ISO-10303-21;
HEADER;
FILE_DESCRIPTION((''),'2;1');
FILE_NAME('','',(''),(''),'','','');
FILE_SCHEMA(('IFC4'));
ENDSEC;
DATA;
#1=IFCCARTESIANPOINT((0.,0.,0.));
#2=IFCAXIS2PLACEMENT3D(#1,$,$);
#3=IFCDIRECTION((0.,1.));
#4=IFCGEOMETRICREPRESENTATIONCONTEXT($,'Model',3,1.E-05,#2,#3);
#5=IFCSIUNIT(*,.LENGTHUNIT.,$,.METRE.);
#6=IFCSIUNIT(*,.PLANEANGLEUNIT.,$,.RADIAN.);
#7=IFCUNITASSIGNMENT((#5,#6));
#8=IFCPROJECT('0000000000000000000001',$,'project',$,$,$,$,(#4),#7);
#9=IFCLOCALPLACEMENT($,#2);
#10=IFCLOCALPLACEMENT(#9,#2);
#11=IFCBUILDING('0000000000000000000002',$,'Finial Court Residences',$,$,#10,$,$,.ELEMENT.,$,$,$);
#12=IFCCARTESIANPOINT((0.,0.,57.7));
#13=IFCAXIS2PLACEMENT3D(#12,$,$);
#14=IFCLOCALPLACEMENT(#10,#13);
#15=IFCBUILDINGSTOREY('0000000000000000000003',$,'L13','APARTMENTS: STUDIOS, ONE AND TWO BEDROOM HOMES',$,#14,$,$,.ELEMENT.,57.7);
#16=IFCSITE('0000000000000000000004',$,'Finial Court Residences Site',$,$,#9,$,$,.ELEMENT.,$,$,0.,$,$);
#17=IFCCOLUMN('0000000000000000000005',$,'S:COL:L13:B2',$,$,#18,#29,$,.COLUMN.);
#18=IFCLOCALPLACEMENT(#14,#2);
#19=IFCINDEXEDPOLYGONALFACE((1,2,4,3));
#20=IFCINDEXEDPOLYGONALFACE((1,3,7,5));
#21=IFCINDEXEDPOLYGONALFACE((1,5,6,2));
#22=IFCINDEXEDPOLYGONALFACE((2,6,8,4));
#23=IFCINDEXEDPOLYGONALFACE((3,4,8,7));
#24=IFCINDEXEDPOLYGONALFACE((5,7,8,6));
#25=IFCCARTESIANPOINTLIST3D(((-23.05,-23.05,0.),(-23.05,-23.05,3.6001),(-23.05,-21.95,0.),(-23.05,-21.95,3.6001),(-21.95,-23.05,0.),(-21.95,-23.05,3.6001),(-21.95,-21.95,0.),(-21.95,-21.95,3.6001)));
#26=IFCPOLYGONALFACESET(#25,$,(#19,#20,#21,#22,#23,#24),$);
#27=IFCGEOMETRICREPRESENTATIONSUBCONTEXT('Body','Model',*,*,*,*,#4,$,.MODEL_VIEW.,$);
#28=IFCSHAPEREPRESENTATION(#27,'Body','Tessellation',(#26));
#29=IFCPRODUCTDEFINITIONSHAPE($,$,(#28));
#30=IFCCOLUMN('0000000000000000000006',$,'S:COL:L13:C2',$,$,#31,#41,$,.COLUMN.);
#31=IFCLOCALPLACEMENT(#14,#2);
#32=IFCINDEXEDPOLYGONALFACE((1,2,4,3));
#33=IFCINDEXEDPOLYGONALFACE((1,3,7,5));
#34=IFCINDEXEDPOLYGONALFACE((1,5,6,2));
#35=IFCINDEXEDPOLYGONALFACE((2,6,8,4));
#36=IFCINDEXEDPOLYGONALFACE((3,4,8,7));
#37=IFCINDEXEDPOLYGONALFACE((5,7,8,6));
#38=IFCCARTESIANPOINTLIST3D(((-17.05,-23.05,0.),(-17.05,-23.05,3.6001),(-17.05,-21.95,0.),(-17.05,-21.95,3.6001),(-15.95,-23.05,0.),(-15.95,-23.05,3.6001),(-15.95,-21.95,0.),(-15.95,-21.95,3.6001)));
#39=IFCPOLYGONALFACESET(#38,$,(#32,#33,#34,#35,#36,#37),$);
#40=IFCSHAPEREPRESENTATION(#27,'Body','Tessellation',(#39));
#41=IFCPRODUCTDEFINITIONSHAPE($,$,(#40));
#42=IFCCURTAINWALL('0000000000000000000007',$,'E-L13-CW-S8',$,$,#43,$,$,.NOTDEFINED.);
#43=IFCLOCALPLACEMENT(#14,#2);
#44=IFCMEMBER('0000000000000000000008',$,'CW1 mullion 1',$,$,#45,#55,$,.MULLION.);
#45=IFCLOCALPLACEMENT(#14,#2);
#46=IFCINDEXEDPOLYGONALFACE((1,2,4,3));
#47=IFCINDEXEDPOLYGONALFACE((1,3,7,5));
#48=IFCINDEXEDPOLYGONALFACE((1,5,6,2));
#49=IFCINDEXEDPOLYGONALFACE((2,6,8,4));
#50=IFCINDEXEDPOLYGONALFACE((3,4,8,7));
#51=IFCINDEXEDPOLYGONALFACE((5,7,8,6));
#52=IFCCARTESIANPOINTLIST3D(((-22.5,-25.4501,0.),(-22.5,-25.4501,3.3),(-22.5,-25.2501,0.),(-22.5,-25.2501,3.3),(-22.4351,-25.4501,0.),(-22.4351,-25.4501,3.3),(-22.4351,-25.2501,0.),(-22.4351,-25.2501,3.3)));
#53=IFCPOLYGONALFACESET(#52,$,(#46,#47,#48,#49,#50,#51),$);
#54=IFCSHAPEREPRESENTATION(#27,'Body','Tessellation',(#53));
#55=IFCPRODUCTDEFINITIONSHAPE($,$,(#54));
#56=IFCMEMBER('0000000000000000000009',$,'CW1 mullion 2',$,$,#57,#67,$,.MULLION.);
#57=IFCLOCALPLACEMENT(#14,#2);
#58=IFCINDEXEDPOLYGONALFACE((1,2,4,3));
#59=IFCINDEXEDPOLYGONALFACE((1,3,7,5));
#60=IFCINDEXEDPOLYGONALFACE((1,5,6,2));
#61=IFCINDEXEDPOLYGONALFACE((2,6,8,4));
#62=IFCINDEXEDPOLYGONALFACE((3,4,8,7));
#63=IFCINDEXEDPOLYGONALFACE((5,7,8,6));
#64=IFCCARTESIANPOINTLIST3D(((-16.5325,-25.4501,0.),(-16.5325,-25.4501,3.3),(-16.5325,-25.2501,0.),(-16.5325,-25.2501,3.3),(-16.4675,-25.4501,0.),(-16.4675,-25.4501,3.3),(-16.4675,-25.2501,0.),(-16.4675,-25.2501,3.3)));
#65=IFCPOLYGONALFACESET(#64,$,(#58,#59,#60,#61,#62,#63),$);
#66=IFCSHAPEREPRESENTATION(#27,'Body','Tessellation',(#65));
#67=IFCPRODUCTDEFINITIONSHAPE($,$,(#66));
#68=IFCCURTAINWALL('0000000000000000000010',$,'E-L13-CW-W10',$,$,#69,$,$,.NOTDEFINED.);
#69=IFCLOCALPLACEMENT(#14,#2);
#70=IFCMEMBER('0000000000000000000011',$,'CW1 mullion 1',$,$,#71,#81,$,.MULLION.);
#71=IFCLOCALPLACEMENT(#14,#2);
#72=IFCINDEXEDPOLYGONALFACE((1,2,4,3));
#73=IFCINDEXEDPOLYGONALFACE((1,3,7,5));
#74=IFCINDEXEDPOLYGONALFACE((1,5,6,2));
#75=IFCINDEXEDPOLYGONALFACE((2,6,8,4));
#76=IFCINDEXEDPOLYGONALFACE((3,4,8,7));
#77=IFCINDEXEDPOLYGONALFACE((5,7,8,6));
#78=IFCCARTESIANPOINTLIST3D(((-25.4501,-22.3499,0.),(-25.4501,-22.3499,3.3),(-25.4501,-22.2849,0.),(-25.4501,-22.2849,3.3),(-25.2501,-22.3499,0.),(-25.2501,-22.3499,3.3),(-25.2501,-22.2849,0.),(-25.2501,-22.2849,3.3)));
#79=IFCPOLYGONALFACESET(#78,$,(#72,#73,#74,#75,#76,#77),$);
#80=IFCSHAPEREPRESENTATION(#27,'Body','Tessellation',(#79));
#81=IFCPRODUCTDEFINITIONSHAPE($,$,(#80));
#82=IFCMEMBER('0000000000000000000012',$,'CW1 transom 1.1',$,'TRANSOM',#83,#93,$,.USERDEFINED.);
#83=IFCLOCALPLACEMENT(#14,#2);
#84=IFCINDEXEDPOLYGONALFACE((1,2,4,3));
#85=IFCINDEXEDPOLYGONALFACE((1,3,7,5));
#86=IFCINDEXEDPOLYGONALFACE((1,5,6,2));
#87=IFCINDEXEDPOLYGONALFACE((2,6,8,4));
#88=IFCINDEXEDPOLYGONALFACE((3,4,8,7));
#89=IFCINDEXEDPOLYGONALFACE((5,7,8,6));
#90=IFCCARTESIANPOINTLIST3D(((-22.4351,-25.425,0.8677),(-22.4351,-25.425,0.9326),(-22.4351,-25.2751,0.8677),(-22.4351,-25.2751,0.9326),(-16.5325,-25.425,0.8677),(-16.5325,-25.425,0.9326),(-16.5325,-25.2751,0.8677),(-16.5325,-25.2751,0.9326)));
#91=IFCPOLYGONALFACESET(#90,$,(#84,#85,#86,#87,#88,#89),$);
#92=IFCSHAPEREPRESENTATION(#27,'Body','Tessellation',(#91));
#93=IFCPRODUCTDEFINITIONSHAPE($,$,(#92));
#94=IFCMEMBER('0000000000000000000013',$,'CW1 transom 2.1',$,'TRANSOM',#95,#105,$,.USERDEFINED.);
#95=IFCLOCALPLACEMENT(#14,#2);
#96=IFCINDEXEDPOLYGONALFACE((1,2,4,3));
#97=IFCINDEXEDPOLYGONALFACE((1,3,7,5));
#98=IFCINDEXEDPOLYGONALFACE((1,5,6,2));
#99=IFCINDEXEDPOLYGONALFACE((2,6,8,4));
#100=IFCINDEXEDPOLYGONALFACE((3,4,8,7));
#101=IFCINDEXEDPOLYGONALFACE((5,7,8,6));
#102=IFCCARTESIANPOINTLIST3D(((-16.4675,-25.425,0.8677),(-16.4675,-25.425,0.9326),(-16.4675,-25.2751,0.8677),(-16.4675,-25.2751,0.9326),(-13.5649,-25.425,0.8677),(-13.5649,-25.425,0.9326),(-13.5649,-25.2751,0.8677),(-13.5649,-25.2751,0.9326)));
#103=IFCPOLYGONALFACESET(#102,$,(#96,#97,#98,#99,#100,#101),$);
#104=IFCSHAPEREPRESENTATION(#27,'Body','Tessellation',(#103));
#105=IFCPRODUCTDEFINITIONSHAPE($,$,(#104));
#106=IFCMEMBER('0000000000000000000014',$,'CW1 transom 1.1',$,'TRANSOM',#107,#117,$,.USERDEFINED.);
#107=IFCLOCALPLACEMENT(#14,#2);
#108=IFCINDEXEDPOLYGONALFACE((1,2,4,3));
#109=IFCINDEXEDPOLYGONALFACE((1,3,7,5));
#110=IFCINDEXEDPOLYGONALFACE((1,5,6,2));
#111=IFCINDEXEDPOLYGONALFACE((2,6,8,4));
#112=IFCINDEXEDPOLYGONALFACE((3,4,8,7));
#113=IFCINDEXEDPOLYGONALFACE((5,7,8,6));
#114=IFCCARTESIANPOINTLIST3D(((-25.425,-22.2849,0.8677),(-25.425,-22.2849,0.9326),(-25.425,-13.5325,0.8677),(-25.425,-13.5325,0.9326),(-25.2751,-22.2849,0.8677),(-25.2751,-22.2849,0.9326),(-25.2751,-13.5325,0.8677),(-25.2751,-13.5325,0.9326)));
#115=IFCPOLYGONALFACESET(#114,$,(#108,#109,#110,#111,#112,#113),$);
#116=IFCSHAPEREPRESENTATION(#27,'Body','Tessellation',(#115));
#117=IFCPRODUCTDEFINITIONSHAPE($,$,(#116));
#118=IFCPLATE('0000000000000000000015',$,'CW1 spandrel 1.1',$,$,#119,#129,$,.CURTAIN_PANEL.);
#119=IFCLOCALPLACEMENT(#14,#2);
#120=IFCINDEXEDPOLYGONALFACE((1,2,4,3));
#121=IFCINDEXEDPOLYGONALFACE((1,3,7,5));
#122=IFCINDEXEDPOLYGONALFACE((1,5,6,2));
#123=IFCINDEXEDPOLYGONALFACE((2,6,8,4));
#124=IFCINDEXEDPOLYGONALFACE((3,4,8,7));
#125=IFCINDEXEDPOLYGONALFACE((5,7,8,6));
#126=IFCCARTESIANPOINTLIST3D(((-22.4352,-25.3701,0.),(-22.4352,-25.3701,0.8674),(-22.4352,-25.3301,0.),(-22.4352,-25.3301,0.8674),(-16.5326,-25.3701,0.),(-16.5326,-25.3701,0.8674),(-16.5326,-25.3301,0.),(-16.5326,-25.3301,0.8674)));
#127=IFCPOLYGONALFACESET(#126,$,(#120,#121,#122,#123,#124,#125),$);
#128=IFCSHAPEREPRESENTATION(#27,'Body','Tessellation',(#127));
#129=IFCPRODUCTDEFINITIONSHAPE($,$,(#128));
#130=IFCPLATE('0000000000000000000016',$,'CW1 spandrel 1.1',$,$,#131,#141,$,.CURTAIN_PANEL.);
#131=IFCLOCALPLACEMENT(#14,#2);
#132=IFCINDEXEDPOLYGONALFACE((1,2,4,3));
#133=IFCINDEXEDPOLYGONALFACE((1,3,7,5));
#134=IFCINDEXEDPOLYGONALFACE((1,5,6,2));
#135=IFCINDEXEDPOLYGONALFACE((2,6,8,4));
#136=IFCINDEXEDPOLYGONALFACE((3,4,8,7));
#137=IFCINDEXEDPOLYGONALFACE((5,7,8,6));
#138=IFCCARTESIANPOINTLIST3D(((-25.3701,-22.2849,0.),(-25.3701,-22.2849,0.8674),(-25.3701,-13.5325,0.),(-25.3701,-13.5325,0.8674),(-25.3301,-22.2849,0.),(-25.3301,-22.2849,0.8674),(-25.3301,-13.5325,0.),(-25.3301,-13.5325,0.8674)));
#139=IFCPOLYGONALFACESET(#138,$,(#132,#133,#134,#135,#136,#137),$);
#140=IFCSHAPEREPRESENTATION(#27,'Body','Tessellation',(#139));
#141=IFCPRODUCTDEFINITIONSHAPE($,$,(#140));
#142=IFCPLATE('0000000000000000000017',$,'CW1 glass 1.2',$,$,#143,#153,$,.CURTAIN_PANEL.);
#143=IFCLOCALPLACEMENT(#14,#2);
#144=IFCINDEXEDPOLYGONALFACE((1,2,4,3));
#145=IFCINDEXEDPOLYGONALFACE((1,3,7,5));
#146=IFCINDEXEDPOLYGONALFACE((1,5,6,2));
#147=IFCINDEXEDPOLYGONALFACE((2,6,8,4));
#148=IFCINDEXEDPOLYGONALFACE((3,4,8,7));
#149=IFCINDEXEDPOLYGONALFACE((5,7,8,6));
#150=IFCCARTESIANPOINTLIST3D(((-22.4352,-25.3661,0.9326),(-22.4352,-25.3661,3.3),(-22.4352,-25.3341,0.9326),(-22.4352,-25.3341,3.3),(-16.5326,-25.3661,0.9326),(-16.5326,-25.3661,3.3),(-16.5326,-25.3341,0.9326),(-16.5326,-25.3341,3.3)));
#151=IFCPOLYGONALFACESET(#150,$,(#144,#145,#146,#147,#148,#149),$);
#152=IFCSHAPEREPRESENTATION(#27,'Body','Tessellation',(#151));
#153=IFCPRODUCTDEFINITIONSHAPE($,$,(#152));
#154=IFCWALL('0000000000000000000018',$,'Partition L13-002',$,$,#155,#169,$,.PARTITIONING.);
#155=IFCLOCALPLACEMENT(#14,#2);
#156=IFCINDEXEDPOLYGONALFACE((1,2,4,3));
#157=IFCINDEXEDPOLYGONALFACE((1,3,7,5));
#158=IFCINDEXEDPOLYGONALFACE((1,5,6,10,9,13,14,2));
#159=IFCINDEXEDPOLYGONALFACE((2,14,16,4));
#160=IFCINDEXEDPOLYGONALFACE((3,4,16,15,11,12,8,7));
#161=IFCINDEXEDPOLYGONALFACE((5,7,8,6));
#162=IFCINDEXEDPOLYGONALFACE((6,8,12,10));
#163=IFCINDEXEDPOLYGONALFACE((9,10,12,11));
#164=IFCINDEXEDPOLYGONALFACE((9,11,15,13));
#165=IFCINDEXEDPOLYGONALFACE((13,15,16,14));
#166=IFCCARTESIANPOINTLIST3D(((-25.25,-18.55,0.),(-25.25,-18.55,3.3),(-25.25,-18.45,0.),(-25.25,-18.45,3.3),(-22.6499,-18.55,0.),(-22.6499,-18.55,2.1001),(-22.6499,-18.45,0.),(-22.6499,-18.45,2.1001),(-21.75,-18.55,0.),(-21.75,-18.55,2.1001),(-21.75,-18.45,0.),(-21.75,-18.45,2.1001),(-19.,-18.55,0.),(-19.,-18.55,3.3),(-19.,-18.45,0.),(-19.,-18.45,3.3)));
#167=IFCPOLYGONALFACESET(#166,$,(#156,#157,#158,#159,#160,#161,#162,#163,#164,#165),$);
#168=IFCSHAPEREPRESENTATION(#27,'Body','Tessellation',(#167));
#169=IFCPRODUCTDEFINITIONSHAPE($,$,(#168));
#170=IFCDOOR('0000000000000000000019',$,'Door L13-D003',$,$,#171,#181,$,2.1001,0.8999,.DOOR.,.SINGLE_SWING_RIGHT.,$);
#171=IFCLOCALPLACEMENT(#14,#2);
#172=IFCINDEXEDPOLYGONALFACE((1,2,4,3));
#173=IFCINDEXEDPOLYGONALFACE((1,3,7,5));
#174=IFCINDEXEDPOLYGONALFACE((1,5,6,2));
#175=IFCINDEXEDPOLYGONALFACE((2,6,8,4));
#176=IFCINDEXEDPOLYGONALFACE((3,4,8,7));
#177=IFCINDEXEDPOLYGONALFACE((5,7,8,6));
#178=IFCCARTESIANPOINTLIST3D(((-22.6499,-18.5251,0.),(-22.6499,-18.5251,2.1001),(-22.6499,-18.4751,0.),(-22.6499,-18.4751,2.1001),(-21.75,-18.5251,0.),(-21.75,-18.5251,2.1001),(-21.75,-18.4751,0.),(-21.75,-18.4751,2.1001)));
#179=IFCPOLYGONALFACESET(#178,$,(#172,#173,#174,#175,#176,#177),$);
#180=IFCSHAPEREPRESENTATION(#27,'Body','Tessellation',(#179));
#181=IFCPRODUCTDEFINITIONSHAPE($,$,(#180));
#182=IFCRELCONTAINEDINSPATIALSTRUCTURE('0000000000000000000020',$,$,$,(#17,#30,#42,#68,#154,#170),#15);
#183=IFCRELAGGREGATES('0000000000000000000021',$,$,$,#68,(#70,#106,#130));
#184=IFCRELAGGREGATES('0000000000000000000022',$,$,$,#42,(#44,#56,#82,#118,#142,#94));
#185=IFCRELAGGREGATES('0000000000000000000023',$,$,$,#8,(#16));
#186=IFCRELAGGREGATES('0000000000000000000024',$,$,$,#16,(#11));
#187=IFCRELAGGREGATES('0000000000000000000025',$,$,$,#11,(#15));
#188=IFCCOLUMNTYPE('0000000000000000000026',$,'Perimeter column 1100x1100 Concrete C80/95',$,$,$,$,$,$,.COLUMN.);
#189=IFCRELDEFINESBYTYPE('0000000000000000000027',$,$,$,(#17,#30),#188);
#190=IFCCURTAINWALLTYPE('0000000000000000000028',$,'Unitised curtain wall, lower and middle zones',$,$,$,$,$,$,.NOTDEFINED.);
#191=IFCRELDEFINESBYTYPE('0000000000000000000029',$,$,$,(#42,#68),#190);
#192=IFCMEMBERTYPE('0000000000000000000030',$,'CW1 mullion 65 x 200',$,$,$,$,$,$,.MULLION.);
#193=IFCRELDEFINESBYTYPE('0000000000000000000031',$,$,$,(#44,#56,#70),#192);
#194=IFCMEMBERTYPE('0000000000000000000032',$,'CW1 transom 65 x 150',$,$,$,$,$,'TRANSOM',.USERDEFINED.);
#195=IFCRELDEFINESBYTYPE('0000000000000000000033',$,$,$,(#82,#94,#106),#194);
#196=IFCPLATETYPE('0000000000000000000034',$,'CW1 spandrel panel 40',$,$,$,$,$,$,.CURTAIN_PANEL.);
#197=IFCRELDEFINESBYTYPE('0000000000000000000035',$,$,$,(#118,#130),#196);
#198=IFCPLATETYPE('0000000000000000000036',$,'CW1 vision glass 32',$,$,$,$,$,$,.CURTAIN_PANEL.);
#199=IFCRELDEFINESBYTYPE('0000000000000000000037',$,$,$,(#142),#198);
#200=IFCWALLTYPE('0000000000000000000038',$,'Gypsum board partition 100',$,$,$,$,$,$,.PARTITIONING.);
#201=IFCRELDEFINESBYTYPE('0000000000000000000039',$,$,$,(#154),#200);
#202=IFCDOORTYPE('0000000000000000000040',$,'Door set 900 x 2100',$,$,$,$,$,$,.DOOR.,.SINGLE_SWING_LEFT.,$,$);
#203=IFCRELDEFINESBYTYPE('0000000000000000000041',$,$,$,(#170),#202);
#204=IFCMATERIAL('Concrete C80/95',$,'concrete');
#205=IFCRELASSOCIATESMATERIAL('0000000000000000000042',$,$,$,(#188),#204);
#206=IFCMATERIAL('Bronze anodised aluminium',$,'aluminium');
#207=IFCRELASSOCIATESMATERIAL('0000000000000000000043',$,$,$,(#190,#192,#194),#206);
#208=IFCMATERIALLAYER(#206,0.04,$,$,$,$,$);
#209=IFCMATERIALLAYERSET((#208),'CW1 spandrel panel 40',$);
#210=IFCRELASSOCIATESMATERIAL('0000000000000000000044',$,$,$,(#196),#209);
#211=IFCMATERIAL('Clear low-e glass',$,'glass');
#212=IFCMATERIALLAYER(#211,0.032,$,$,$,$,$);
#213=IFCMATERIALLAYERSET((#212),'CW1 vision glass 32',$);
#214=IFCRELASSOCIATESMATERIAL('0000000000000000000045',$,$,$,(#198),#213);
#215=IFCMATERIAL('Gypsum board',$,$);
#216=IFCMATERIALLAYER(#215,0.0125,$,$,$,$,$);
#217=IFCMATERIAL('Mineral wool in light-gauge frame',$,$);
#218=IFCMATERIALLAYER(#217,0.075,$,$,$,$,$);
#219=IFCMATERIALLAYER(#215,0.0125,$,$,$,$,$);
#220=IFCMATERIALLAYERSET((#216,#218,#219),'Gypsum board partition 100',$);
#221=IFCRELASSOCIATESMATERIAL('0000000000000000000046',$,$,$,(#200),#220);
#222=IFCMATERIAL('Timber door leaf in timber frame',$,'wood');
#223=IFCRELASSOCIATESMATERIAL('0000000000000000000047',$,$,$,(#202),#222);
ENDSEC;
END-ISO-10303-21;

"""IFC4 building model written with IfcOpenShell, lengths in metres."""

from ifc_helpers import new_model, si_unit, direction, frame, frame_2d, origin, origin_2d, place, context, subcontext, project, spatial, rectangle, extrude, material, layer, layer_set, material_profile, profile_set, type_object, element, fill, aggregate, save


model = new_model("IFC4")

# Units and contexts
model_context = context("Model", 3, precision=1e-05, world=origin(), true_north=direction((0.0, 1.0)))
body_context = subcontext(model_context, "Body", "Model", "MODEL_VIEW")
ifc_project = project(units=[si_unit("LENGTHUNIT", "METRE"), si_unit("PLANEANGLEUNIT", "RADIAN")], contexts=[model_context])

# Site, building, storey
site_placement = place(None, origin())
site = spatial("IfcSite", under=ifc_project, at=site_placement, Name="Finial Court Residences Site", CompositionType="ELEMENT", RefElevation=0.0)
building_placement = place(site_placement, origin())
building = spatial("IfcBuilding", under=site, at=building_placement, Name="Finial Court Residences", CompositionType="ELEMENT")
storey_placement = place(building_placement, frame((0.0, 0.0, 57.7)))
storey = spatial("IfcBuildingStorey", under=building, at=storey_placement, Name="L13", Description="APARTMENTS: STUDIOS, ONE AND TWO BEDROOM HOMES", CompositionType="ELEMENT", Elevation=57.7)

# Columns
ifc_material_1 = material(Name="Concrete C80/95", Category="concrete")
ifc_material_profile_1 = material_profile(ifc_material_1, rectangle(XDim=1.1001, YDim=1.1001, at=origin_2d()), Name="1100x1100")
ifc_profile_set_1 = profile_set([ifc_material_profile_1], Name="Concrete C80/95")
column_type = type_object("IfcColumnType", Name="Perimeter column 1100x1100 Concrete C80/95", PredefinedType="COLUMN", material=ifc_profile_set_1)
for number, where, z_axis, x_axis, name in (
    (1, (-22.5, -22.5, 0.0), (0.0, 0.0, 1.0), (1.0, 0.0, 0.0), "S:COL:L13:B2"),
    (2, (-16.5, -22.5, 0.0), (0.0, 0.0, 1.0), (1.0, 0.0, 0.0), "S:COL:L13:C2"),
):
    element("IfcColumn", number, at=place(storey_placement, frame(where, z_axis=z_axis, x_axis=x_axis)), inside=storey, type_object=column_type, Name=name, PredefinedType="COLUMN", context=body_context, shape_type="SweptSolid", body=[
        extrude(rectangle(XDim=1.1001, YDim=1.1001, at=origin_2d()), origin(), (0.0, 0.0, 1.0), 3.6001),
    ])

# Curtain wall, members
ifc_material_2 = material(Name="Bronze anodised aluminium", Category="aluminium")
curtain_wall_type = type_object("IfcCurtainWallType", Name="Unitised curtain wall, lower and middle zones", PredefinedType="NOTDEFINED", material=ifc_material_2)
curtain_wall_1_placement = place(storey_placement, origin())
curtain_wall_1 = element("IfcCurtainWall", 3, at=curtain_wall_1_placement, inside=storey, type_object=curtain_wall_type, Name="E-L13-CW-S8", PredefinedType="NOTDEFINED")
ifc_material_profile_2 = material_profile(ifc_material_2, rectangle(XDim=0.2, YDim=0.0649, at=origin_2d()), Name="CW1 mullion 65 x 200")
ifc_profile_set_2 = profile_set([ifc_material_profile_2], Name="Bronze anodised aluminium")
member_type_1 = type_object("IfcMemberType", Name="CW1 mullion 65 x 200", PredefinedType="MULLION", material=ifc_profile_set_2)
member_1_placement = place(storey_placement, frame((-22.4675, -25.3501, 0.0), z_axis=(0.0, 0.0, 1.0), x_axis=(0.0, 1.0, 0.0)))
member_1 = element("IfcMember", 4, at=member_1_placement, type_object=member_type_1, Name="CW1 mullion 1", PredefinedType="MULLION", context=body_context, shape_type="SweptSolid", body=[
    extrude(rectangle(XDim=0.2, YDim=0.0649, at=origin_2d()), origin(), (0.0, 0.0, 1.0), 3.3),
])
member_2_placement = place(storey_placement, frame((-16.5, -25.3501, 0.0), z_axis=(0.0, 0.0, 1.0), x_axis=(0.0, 1.0, 0.0)))
member_2 = element("IfcMember", 5, at=member_2_placement, type_object=member_type_1, Name="CW1 mullion 2", PredefinedType="MULLION", context=body_context, shape_type="SweptSolid", body=[
    extrude(rectangle(XDim=0.2, YDim=0.0649, at=origin_2d()), origin(), (0.0, 0.0, 1.0), 3.3),
])

# Curtain wall, member
curtain_wall_2_placement = place(storey_placement, origin())
curtain_wall_2 = element("IfcCurtainWall", 6, at=curtain_wall_2_placement, inside=storey, type_object=curtain_wall_type, Name="E-L13-CW-W10", PredefinedType="NOTDEFINED")
member_3_placement = place(storey_placement, frame((-25.3501, -22.3174, 0.0), z_axis=(0.0, 0.0, 1.0), x_axis=(-1.0, 0.0, 0.0)))
member_3 = element("IfcMember", 7, at=member_3_placement, type_object=member_type_1, Name="CW1 mullion 1", PredefinedType="MULLION", context=body_context, shape_type="SweptSolid", body=[
    extrude(rectangle(XDim=0.2, YDim=0.0649, at=origin_2d()), origin(), (0.0, 0.0, 1.0), 3.3),
])

# Members
ifc_material_profile_3 = material_profile(ifc_material_2, rectangle(XDim=0.1499, YDim=0.0649, at=origin_2d()), Name="CW1 transom 65 x 150")
ifc_profile_set_3 = profile_set([ifc_material_profile_3], Name="Bronze anodised aluminium")
member_type_2 = type_object("IfcMemberType", Name="CW1 transom 65 x 150", ElementType="TRANSOM", PredefinedType="USERDEFINED", material=ifc_profile_set_3)
member_4_placement = place(storey_placement, frame((-22.4351, -25.3501, 0.9001), z_axis=(1.0, 0.0, 0.0), x_axis=(0.0, 1.0, 0.0)))
member_4 = element("IfcMember", 8, at=member_4_placement, type_object=member_type_2, Name="CW1 transom 1.1", ObjectType="TRANSOM", PredefinedType="USERDEFINED", context=body_context, shape_type="SweptSolid", body=[
    extrude(rectangle(XDim=0.1499, YDim=0.0649, at=origin_2d()), origin(), (0.0, 0.0, 1.0), 5.9026),
])
member_5_placement = place(storey_placement, frame((-16.4675, -25.3501, 0.9001), z_axis=(1.0, 0.0, 0.0), x_axis=(0.0, 1.0, 0.0)))
member_5 = element("IfcMember", 9, at=member_5_placement, type_object=member_type_2, Name="CW1 transom 2.1", ObjectType="TRANSOM", PredefinedType="USERDEFINED", context=body_context, shape_type="SweptSolid", body=[
    extrude(rectangle(XDim=0.1499, YDim=0.0649, at=origin_2d()), origin(), (0.0, 0.0, 1.0), 2.9026),
])
member_6_placement = place(storey_placement, frame((-25.3501, -22.2849, 0.9001), z_axis=(0.0, 1.0, 0.0), x_axis=(-1.0, 0.0, 0.0)))
member_6 = element("IfcMember", 10, at=member_6_placement, type_object=member_type_2, Name="CW1 transom 1.1", ObjectType="TRANSOM", PredefinedType="USERDEFINED", context=body_context, shape_type="SweptSolid", body=[
    extrude(rectangle(XDim=0.1499, YDim=0.0649, at=origin_2d()), origin(), (0.0, 0.0, 1.0), 8.7524),
])

# Plates
ifc_layer_1 = layer(ifc_material_2, 0.04)
ifc_layer_set_1 = layer_set([ifc_layer_1], Name="CW1 spandrel panel 40")
plate_type_1 = type_object("IfcPlateType", Name="CW1 spandrel panel 40", PredefinedType="CURTAIN_PANEL", material=ifc_layer_set_1)
plate_1_placement = place(storey_placement, frame((-19.4839, -25.3501, 0.0), z_axis=(0.0, 0.0, 1.0), x_axis=(1.0, 0.0, 0.0)))
plate_1 = element("IfcPlate", 11, at=plate_1_placement, type_object=plate_type_1, Name="CW1 spandrel 1.1", PredefinedType="CURTAIN_PANEL", context=body_context, shape_type="SweptSolid", body=[
    extrude(rectangle(XDim=5.9026, YDim=0.04, at=origin_2d()), origin(), (0.0, 0.0, 1.0), 0.8674),
])
plate_2_placement = place(storey_placement, frame((-25.3501, -17.9087, 0.0), z_axis=(0.0, 0.0, 1.0), x_axis=(0.0, 1.0, 0.0)))
plate_2 = element("IfcPlate", 12, at=plate_2_placement, type_object=plate_type_1, Name="CW1 spandrel 1.1", PredefinedType="CURTAIN_PANEL", context=body_context, shape_type="SweptSolid", body=[
    extrude(rectangle(XDim=8.7524, YDim=0.04, at=origin_2d()), origin(), (0.0, 0.0, 1.0), 0.8674),
])
aggregate(curtain_wall_2, [member_3, member_6, plate_2])
ifc_material_3 = material(Name="Clear low-e glass", Category="glass")
ifc_layer_2 = layer(ifc_material_3, 0.032)
ifc_layer_set_2 = layer_set([ifc_layer_2], Name="CW1 vision glass 32")
plate_type_2 = type_object("IfcPlateType", Name="CW1 vision glass 32", PredefinedType="CURTAIN_PANEL", material=ifc_layer_set_2)
plate_3_placement = place(storey_placement, frame((-19.4839, -25.3501, 0.9326), z_axis=(0.0, 0.0, 1.0), x_axis=(1.0, 0.0, 0.0)))
plate_3 = element("IfcPlate", 13, at=plate_3_placement, type_object=plate_type_2, Name="CW1 glass 1.2", PredefinedType="CURTAIN_PANEL", context=body_context, shape_type="SweptSolid", body=[
    extrude(rectangle(XDim=5.9026, YDim=0.032, at=origin_2d()), origin(), (0.0, 0.0, 1.0), 2.3674),
])
aggregate(curtain_wall_1, [member_1, member_2, member_4, plate_1, plate_3, member_5])

# Wall, opening, door
ifc_material_4 = material(Name="Gypsum board")
ifc_layer_3 = layer(ifc_material_4, 0.0125)
ifc_material_5 = material(Name="Mineral wool in light-gauge frame")
ifc_layer_4 = layer(ifc_material_5, 0.075)
ifc_layer_5 = layer(ifc_material_4, 0.0125)
ifc_layer_set_3 = layer_set([ifc_layer_3, ifc_layer_4, ifc_layer_5], Name="Gypsum board partition 100")
wall_type_1 = type_object("IfcWallType", Name="Gypsum board partition 100", PredefinedType="PARTITIONING", material=ifc_layer_set_3)
wall_1_placement = place(storey_placement, frame((-25.25, -18.5, 0.0), z_axis=(0.0, 0.0, 1.0), x_axis=(1.0, 0.0, 0.0)))
wall_1 = element("IfcWall", 14, at=wall_1_placement, inside=storey, type_object=wall_type_1, Name="Partition L13-002", PredefinedType="PARTITIONING", context=body_context, shape_type="SweptSolid", body=[
    extrude(rectangle(XDim=6.25, YDim=0.1001, at=frame_2d((3.125, 0.0))), origin(), (0.0, 0.0, 1.0), 3.3),
])
opening_1_placement = place(wall_1_placement, frame((2.6001, 0.0, 0.0)))
opening_1 = element("IfcOpeningElement", 15, at=opening_1_placement, cuts=wall_1, PredefinedType="OPENING", context=body_context, shape_type="SweptSolid", body=[
    extrude(rectangle(XDim=0.8999, YDim=2.1001, at=frame_2d((0.45, 1.05))), frame((0.0, 0.0601, 0.0), z_axis=(0.0, -1.0, 0.0), x_axis=(1.0, 0.0, 0.0)), (0.0, 0.0, 1.0), 0.1201),
])
ifc_material_6 = material(Name="Timber door leaf in timber frame", Category="wood")
door_type = type_object("IfcDoorType", Name="Door set 900 x 2100", OperationType="SINGLE_SWING_LEFT", PredefinedType="DOOR", material=ifc_material_6)
door_1_placement = place(opening_1_placement, origin())
door_1 = element("IfcDoor", 16, at=door_1_placement, inside=storey, type_object=door_type, Name="Door L13-D003", OperationType="SINGLE_SWING_RIGHT", OverallHeight=2.1001, OverallWidth=0.8999, PredefinedType="DOOR", context=body_context, shape_type="SweptSolid", body=[
    extrude(rectangle(XDim=0.8999, YDim=2.1001, at=frame_2d((0.45, 1.05))), frame((0.0, 0.0249, 0.0), z_axis=(0.0, -1.0, 0.0), x_axis=(1.0, 0.0, 0.0)), (0.0, 0.0, 1.0), 0.05),
])
fill(opening_1, door_1)

save(model, "model.ifc")
